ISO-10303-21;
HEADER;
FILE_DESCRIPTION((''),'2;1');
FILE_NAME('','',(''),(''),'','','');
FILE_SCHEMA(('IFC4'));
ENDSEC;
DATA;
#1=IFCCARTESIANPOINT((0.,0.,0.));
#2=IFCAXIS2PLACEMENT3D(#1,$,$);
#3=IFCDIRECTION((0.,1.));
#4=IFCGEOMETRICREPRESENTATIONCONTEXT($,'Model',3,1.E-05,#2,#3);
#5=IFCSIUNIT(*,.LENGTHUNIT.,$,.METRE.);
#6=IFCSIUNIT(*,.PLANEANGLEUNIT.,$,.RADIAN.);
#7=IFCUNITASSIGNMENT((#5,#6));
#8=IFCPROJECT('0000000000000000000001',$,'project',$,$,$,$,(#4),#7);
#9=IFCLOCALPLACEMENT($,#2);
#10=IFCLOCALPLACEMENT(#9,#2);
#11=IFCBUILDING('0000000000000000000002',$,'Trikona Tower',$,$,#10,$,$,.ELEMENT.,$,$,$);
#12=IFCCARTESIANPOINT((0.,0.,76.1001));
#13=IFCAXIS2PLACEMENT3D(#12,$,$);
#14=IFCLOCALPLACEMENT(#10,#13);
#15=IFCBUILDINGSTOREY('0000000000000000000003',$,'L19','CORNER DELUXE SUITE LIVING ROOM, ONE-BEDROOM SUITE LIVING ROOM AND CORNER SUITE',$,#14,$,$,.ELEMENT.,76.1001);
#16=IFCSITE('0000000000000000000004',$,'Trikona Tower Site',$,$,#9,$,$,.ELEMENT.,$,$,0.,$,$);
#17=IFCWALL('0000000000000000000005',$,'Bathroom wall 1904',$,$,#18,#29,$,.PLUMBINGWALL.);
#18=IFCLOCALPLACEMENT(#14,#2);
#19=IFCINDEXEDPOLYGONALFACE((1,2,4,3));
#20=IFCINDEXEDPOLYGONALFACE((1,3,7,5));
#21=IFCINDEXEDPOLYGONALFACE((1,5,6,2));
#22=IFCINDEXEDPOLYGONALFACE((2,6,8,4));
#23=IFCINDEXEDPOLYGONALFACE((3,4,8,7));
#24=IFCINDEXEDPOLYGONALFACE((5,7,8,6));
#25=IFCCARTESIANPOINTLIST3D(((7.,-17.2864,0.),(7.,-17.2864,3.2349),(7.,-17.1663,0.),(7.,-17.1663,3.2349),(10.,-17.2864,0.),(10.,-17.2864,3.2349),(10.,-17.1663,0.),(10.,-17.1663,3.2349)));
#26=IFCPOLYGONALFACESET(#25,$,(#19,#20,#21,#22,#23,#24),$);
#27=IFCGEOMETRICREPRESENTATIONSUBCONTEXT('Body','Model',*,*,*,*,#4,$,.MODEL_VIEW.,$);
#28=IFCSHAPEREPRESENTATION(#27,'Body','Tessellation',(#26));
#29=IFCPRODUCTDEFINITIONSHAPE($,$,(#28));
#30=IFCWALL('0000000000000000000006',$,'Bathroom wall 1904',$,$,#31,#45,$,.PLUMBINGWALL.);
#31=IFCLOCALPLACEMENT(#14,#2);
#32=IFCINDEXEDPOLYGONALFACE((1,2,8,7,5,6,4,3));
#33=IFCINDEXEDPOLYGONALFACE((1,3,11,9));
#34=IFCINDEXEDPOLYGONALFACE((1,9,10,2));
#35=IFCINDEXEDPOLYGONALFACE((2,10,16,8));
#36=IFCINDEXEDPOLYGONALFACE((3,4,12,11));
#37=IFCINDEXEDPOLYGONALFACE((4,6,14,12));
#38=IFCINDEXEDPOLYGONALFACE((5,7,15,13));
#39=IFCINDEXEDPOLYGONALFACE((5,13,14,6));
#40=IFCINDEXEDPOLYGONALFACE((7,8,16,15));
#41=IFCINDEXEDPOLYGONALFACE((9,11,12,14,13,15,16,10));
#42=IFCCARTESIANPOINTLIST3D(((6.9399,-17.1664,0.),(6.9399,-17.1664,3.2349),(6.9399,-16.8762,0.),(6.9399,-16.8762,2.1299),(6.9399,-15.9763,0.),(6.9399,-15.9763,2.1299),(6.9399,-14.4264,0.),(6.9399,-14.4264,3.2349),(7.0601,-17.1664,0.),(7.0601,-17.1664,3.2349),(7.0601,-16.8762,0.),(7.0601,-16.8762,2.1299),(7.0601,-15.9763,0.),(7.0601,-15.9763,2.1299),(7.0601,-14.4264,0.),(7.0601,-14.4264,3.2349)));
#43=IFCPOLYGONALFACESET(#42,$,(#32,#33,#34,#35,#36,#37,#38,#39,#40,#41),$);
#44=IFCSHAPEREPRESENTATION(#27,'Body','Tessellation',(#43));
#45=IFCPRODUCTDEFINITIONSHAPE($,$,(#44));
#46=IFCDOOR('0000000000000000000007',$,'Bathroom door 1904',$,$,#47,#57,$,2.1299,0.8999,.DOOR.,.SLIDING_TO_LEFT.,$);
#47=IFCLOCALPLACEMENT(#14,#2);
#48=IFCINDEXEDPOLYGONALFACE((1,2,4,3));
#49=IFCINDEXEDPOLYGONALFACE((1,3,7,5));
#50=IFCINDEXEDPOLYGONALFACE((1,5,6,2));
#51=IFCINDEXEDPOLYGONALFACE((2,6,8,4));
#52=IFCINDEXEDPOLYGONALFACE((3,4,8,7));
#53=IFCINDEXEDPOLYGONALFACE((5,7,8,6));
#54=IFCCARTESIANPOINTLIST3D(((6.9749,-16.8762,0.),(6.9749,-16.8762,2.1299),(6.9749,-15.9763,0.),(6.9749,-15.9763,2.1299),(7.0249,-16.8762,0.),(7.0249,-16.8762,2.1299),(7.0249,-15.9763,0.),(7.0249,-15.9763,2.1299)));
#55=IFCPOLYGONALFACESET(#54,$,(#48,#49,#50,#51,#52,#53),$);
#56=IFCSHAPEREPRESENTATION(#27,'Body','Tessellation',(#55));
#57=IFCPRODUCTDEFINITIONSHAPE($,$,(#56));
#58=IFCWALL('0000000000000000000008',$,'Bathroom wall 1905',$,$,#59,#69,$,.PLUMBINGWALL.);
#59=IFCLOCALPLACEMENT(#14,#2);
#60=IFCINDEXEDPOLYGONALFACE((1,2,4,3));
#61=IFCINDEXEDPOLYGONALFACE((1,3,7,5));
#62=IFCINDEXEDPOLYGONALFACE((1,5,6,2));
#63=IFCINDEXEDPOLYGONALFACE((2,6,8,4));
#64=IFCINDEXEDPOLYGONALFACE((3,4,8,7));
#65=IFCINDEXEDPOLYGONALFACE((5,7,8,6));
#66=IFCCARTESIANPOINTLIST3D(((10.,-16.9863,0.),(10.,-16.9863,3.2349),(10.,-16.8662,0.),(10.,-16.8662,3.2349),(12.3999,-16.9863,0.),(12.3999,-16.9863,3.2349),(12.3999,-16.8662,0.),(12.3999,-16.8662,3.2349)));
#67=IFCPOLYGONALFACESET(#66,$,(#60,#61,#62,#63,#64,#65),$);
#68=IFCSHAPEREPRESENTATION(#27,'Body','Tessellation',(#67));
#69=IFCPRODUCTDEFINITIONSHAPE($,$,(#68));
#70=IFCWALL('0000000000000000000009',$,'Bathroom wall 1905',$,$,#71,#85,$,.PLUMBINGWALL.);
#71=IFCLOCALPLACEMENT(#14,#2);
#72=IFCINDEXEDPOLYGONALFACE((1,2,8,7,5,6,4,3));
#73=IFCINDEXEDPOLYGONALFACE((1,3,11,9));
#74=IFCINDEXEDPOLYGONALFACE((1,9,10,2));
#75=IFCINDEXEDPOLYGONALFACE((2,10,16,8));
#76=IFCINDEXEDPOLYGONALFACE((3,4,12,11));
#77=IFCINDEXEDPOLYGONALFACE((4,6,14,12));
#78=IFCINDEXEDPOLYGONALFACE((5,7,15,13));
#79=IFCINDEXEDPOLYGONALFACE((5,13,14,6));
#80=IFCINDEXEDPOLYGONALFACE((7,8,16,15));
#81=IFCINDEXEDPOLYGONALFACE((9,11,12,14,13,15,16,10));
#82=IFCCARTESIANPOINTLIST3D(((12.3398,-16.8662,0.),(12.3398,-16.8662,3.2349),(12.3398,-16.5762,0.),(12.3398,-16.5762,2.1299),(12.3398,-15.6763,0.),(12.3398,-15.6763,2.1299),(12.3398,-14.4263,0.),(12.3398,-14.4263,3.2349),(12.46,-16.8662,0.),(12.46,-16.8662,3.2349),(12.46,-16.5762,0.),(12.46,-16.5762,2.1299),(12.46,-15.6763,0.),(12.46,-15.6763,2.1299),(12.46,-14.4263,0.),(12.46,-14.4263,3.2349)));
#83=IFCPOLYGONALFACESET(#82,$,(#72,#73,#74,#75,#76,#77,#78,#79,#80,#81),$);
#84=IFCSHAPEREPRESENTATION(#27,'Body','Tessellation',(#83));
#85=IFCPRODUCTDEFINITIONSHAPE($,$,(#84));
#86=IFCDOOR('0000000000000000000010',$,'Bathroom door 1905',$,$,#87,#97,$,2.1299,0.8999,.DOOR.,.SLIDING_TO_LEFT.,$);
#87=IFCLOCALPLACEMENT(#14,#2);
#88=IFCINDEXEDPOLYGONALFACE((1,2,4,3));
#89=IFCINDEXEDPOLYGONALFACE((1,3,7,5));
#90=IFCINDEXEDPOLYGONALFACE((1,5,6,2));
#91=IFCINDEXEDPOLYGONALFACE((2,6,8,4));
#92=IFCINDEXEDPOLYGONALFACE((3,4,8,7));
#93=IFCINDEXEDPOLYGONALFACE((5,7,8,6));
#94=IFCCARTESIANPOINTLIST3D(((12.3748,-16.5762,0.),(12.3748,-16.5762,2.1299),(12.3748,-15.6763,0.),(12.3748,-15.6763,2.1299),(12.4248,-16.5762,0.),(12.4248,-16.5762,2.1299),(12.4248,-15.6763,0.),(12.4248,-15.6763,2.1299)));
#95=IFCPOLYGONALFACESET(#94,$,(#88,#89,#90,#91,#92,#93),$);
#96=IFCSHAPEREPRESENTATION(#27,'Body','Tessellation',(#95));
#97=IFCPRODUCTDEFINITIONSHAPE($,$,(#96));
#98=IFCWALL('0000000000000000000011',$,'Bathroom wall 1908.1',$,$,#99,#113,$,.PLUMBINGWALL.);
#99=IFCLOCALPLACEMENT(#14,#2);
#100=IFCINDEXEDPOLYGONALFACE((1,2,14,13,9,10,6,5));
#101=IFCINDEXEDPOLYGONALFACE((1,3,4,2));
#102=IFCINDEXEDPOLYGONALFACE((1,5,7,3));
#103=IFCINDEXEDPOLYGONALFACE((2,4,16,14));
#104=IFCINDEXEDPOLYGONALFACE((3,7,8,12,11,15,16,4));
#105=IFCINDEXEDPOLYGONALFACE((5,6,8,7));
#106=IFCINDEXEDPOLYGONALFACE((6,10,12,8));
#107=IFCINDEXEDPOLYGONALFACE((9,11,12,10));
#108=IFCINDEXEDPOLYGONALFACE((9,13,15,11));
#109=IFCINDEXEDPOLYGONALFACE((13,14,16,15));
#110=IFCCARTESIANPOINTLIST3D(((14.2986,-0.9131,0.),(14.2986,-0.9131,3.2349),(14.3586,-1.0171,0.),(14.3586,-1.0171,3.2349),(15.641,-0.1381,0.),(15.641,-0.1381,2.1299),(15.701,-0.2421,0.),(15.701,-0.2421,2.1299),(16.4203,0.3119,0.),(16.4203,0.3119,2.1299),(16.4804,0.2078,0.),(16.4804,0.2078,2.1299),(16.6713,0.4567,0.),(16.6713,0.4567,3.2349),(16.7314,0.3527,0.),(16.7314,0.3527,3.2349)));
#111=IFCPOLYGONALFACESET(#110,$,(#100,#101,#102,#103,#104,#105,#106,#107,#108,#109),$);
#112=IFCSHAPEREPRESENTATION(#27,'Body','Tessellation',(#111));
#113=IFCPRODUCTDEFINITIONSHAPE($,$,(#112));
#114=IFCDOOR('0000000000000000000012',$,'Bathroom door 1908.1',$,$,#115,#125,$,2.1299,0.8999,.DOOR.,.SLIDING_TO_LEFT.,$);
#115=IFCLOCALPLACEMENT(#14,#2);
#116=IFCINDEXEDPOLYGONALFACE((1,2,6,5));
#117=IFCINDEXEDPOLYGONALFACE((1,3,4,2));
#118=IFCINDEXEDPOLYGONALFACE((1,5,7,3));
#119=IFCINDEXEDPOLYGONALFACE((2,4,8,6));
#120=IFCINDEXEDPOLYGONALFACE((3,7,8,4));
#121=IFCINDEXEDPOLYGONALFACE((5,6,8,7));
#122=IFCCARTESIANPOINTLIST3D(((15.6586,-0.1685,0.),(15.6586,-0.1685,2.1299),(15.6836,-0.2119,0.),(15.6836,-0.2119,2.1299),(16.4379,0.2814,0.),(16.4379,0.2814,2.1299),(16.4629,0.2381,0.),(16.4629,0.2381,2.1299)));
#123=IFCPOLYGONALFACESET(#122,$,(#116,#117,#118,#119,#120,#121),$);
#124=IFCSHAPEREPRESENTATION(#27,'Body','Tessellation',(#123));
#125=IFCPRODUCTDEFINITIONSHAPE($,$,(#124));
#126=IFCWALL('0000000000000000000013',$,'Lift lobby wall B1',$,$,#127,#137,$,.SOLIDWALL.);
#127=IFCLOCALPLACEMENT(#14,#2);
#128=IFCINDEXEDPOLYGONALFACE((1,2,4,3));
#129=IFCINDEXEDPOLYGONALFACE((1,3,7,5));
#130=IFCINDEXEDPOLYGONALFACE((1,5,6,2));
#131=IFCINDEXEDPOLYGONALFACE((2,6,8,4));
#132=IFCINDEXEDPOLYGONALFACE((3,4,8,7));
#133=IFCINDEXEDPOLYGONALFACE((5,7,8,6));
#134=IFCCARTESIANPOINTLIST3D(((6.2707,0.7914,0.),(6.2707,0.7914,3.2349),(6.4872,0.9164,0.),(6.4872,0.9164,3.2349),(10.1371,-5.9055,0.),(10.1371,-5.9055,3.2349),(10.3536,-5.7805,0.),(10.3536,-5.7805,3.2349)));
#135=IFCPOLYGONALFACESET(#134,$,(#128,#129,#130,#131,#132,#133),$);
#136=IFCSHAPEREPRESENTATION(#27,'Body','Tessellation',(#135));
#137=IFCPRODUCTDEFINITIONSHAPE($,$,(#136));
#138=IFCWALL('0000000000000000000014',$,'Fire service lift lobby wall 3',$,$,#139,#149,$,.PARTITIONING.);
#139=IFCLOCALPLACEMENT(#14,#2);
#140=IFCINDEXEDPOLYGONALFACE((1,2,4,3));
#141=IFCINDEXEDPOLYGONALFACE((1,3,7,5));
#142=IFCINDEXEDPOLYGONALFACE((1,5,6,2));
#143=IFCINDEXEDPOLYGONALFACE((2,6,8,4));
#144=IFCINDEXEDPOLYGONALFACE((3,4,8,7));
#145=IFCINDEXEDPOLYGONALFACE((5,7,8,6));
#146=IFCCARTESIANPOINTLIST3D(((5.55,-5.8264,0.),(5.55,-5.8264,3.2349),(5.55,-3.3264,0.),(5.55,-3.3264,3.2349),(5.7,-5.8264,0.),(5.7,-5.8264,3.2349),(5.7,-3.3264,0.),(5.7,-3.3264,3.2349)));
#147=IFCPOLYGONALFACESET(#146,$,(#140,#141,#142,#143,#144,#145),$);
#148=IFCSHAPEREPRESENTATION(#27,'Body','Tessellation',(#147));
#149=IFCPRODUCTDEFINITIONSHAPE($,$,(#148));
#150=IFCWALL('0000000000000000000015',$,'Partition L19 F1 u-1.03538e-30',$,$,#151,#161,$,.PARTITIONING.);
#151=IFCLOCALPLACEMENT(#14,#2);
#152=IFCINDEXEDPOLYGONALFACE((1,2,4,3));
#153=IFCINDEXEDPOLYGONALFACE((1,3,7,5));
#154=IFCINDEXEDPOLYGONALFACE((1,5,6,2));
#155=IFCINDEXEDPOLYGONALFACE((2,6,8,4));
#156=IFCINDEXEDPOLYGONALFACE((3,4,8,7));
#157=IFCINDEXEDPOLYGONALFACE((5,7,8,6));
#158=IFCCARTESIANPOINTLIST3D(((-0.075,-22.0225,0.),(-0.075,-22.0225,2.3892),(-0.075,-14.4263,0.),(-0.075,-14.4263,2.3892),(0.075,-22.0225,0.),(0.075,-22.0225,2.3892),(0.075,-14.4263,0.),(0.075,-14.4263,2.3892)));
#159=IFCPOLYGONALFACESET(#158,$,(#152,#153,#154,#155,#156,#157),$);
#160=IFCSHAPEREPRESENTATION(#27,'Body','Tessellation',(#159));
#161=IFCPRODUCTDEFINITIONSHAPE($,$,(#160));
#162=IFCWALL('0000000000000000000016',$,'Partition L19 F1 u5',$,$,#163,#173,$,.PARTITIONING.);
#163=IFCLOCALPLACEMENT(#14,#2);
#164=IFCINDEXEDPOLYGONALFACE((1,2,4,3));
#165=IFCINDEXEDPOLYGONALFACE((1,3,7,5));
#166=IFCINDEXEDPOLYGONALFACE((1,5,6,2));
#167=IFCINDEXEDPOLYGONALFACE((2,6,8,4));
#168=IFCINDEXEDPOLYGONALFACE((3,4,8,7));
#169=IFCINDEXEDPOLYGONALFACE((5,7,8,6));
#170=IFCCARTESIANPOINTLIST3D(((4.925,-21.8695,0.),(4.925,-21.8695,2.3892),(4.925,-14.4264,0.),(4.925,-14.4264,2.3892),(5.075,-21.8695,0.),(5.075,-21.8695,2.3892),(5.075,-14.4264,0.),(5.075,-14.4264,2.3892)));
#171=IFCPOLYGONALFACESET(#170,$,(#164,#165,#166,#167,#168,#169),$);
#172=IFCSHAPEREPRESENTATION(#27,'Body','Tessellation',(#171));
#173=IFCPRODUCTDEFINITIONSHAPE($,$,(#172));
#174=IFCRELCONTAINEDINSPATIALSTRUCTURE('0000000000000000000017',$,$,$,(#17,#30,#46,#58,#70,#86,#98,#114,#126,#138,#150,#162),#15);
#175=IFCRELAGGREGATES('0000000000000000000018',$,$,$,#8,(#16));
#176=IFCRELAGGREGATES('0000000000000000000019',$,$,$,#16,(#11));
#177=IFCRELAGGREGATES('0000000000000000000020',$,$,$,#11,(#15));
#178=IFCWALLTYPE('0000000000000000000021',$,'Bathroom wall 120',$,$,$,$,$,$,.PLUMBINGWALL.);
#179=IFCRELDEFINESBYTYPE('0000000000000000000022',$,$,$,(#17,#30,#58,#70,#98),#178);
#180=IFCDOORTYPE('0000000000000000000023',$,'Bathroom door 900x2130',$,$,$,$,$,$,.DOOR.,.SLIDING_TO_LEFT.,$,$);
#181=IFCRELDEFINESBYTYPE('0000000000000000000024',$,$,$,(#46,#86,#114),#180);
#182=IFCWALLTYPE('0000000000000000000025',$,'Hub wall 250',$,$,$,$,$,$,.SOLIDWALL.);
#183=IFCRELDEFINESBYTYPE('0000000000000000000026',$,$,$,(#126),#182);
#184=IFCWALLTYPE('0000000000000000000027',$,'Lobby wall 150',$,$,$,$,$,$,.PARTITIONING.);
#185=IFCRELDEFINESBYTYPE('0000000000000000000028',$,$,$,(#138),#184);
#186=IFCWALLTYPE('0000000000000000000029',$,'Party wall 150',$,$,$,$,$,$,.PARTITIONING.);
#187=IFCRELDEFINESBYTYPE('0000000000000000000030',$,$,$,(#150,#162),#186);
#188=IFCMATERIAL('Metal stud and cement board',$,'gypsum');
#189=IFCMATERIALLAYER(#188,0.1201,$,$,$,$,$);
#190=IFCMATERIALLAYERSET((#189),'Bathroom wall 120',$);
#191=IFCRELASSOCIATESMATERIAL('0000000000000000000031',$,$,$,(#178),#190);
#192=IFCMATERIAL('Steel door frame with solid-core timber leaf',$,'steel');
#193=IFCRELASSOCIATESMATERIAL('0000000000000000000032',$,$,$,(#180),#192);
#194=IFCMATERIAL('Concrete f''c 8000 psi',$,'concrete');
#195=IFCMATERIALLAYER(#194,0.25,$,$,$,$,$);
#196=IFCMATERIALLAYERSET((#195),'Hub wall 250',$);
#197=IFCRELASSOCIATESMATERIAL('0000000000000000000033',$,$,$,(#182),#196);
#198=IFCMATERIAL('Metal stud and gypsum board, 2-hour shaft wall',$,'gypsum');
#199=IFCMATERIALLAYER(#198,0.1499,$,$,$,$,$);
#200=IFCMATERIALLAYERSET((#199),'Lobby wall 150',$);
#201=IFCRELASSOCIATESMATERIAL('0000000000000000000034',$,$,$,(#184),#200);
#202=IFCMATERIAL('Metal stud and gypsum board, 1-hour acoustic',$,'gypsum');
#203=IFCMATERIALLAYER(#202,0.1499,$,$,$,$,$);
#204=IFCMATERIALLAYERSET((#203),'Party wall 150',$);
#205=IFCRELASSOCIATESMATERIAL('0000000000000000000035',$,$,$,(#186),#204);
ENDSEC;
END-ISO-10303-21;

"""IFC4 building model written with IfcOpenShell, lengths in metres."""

from ifc_helpers import new_model, si_unit, direction, frame, frame_2d, origin, place, context, subcontext, project, spatial, rectangle, extrude, material, layer, layer_set, type_object, element, fill, save


model = new_model("IFC4")

# Units and contexts
model_context = context("Model", 3, precision=1e-05, world=origin(), true_north=direction((0.0, 1.0)))
body_context = subcontext(model_context, "Body", "Model", "MODEL_VIEW")
ifc_project = project(units=[si_unit("LENGTHUNIT", "METRE"), si_unit("PLANEANGLEUNIT", "RADIAN")], contexts=[model_context])

# Site, building, storey
site_placement = place(None, origin())
site = spatial("IfcSite", under=ifc_project, at=site_placement, Name="Trikona Tower Site", CompositionType="ELEMENT", RefElevation=0.0)
building_placement = place(site_placement, origin())
building = spatial("IfcBuilding", under=site, at=building_placement, Name="Trikona Tower", CompositionType="ELEMENT")
storey_placement = place(building_placement, frame((0.0, 0.0, 76.1001)))
storey = spatial("IfcBuildingStorey", under=building, at=storey_placement, Name="L19", Description="CORNER DELUXE SUITE LIVING ROOM, ONE-BEDROOM SUITE LIVING ROOM AND CORNER SUITE", CompositionType="ELEMENT", Elevation=76.1001)

# Wall
ifc_material_1 = material(Name="Metal stud and cement board", Category="gypsum")
ifc_layer_1 = layer(ifc_material_1, 0.1201)
ifc_layer_set_1 = layer_set([ifc_layer_1], Name="Bathroom wall 120")
wall_type_1 = type_object("IfcWallType", Name="Bathroom wall 120", PredefinedType="PLUMBINGWALL", material=ifc_layer_set_1)
wall_1_placement = place(storey_placement, frame((7.0, -17.2263, 0.0), z_axis=(0.0, 0.0, 1.0), x_axis=(1.0, 0.0, 0.0)))
element("IfcWall", 1, at=wall_1_placement, inside=storey, type_object=wall_type_1, Name="Bathroom wall 1904", PredefinedType="PLUMBINGWALL", context=body_context, shape_type="SweptSolid", body=[
    extrude(rectangle(XDim=3.0, YDim=0.1201, at=frame_2d((1.5, 0.0))), origin(), (0.0, 0.0, 1.0), 3.2349),
])

# Wall, opening, door
wall_2_placement = place(storey_placement, frame((7.0, -14.4263, 0.0), z_axis=(0.0, 0.0, 1.0), x_axis=(0.0, -1.0, 0.0)))
wall_2 = element("IfcWall", 2, at=wall_2_placement, inside=storey, type_object=wall_type_1, Name="Bathroom wall 1904", PredefinedType="PLUMBINGWALL", context=body_context, shape_type="SweptSolid", body=[
    extrude(rectangle(XDim=2.74, YDim=0.1201, at=frame_2d((1.3701, 0.0))), origin(), (0.0, 0.0, 1.0), 3.2349),
])
opening_1_placement = place(wall_2_placement, frame((1.55, 0.0, 0.0)))
opening_1 = element("IfcOpeningElement", 3, at=opening_1_placement, cuts=wall_2, PredefinedType="OPENING", context=body_context, shape_type="SweptSolid", body=[
    extrude(rectangle(XDim=0.8999, YDim=2.1299, at=frame_2d((0.45, 1.0649))), frame((0.0, 0.0701, 0.0), z_axis=(0.0, -1.0, 0.0), x_axis=(1.0, 0.0, 0.0)), (0.0, 0.0, 1.0), 0.1401),
])
ifc_material_2 = material(Name="Steel door frame with solid-core timber leaf", Category="steel")
door_type_1 = type_object("IfcDoorType", Name="Bathroom door 900x2130", OperationType="SLIDING_TO_LEFT", PredefinedType="DOOR", material=ifc_material_2)
door_1_placement = place(opening_1_placement, origin())
door_1 = element("IfcDoor", 4, at=door_1_placement, inside=storey, type_object=door_type_1, Name="Bathroom door 1904", OperationType="SLIDING_TO_LEFT", OverallHeight=2.1299, OverallWidth=0.8999, PredefinedType="DOOR", context=body_context, shape_type="SweptSolid", body=[
    extrude(rectangle(XDim=0.8999, YDim=2.1299, at=frame_2d((0.45, 1.0649))), frame((0.0, 0.0249, 0.0), z_axis=(0.0, -1.0, 0.0), x_axis=(1.0, 0.0, 0.0)), (0.0, 0.0, 1.0), 0.05),
])
fill(opening_1, door_1)

# Wall
wall_3_placement = place(storey_placement, frame((10.0, -16.9263, 0.0), z_axis=(0.0, 0.0, 1.0), x_axis=(1.0, 0.0, 0.0)))
element("IfcWall", 5, at=wall_3_placement, inside=storey, type_object=wall_type_1, Name="Bathroom wall 1905", PredefinedType="PLUMBINGWALL", context=body_context, shape_type="SweptSolid", body=[
    extrude(rectangle(XDim=2.3999, YDim=0.1201, at=frame_2d((1.2, 0.0))), origin(), (0.0, 0.0, 1.0), 3.2349),
])

# Walls, openings, doors
wall_4_placement = place(storey_placement, frame((12.3999, -14.4263, 0.0), z_axis=(0.0, 0.0, 1.0), x_axis=(0.0, -1.0, 0.0)))
wall_4 = element("IfcWall", 6, at=wall_4_placement, inside=storey, type_object=wall_type_1, Name="Bathroom wall 1905", PredefinedType="PLUMBINGWALL", context=body_context, shape_type="SweptSolid", body=[
    extrude(rectangle(XDim=2.4399, YDim=0.1201, at=frame_2d((1.22, 0.0))), origin(), (0.0, 0.0, 1.0), 3.2349),
])
opening_2_placement = place(wall_4_placement, frame((1.25, 0.0, 0.0)))
opening_2 = element("IfcOpeningElement", 7, at=opening_2_placement, cuts=wall_4, PredefinedType="OPENING", context=body_context, shape_type="SweptSolid", body=[
    extrude(rectangle(XDim=0.8999, YDim=2.1299, at=frame_2d((0.45, 1.0649))), frame((0.0, 0.0701, 0.0), z_axis=(0.0, -1.0, 0.0), x_axis=(1.0, 0.0, 0.0)), (0.0, 0.0, 1.0), 0.1401),
])
door_2_placement = place(opening_2_placement, origin())
door_2 = element("IfcDoor", 8, at=door_2_placement, inside=storey, type_object=door_type_1, Name="Bathroom door 1905", OperationType="SLIDING_TO_LEFT", OverallHeight=2.1299, OverallWidth=0.8999, PredefinedType="DOOR", context=body_context, shape_type="SweptSolid", body=[
    extrude(rectangle(XDim=0.8999, YDim=2.1299, at=frame_2d((0.45, 1.0649))), frame((0.0, 0.0249, 0.0), z_axis=(0.0, -1.0, 0.0), x_axis=(1.0, 0.0, 0.0)), (0.0, 0.0, 1.0), 0.05),
])
fill(opening_2, door_2)
wall_5_placement = place(storey_placement, frame((14.3286, -0.9651, 0.0), z_axis=(0.0, 0.0, 1.0), x_axis=(0.866036, 0.499982, 0.0)))
wall_5 = element("IfcWall", 9, at=wall_5_placement, inside=storey, type_object=wall_type_1, Name="Bathroom wall 1908.1", PredefinedType="PLUMBINGWALL", context=body_context, shape_type="SweptSolid", body=[
    extrude(rectangle(XDim=2.7397, YDim=0.1201, at=frame_2d((1.3699, 0.0))), origin(), (0.0, 0.0, 1.0), 3.2349),
])
opening_3_placement = place(wall_5_placement, frame((1.55, 0.0, 0.0)))
opening_3 = element("IfcOpeningElement", 10, at=opening_3_placement, cuts=wall_5, PredefinedType="OPENING", context=body_context, shape_type="SweptSolid", body=[
    extrude(rectangle(XDim=0.8999, YDim=2.1299, at=frame_2d((0.45, 1.0649))), frame((0.0, 0.0701, 0.0), z_axis=(0.0, -1.0, 0.0), x_axis=(1.0, 0.0, 0.0)), (0.0, 0.0, 1.0), 0.1401),
])
door_3_placement = place(opening_3_placement, origin())
door_3 = element("IfcDoor", 11, at=door_3_placement, inside=storey, type_object=door_type_1, Name="Bathroom door 1908.1", OperationType="SLIDING_TO_LEFT", OverallHeight=2.1299, OverallWidth=0.8999, PredefinedType="DOOR", context=body_context, shape_type="SweptSolid", body=[
    extrude(rectangle(XDim=0.8999, YDim=2.1299, at=frame_2d((0.45, 1.0649))), frame((0.0, 0.0249, 0.0), z_axis=(0.0, -1.0, 0.0), x_axis=(1.0, 0.0, 0.0)), (0.0, 0.0, 1.0), 0.05),
])
fill(opening_3, door_3)

# Walls
ifc_material_3 = material(Name="Concrete f'c 8000 psi", Category="concrete")
ifc_layer_2 = layer(ifc_material_3, 0.25)
ifc_layer_set_2 = layer_set([ifc_layer_2], Name="Hub wall 250")
wall_type_2 = type_object("IfcWallType", Name="Hub wall 250", PredefinedType="SOLIDWALL", material=ifc_layer_set_2)
wall_6_placement = place(storey_placement, frame((10.2454, -5.843, 0.0), z_axis=(0.0, 0.0, 1.0), x_axis=(-0.499993, 0.866029, 0.0)))
element("IfcWall", 12, at=wall_6_placement, inside=storey, type_object=wall_type_2, Name="Lift lobby wall B1", PredefinedType="SOLIDWALL", context=body_context, shape_type="SweptSolid", body=[
    extrude(rectangle(XDim=7.7329, YDim=0.25, at=frame_2d((3.8665, 0.0))), origin(), (0.0, 0.0, 1.0), 3.2349),
])
ifc_material_4 = material(Name="Metal stud and gypsum board, 2-hour shaft wall", Category="gypsum")
ifc_layer_3 = layer(ifc_material_4, 0.1499)
ifc_layer_set_3 = layer_set([ifc_layer_3], Name="Lobby wall 150")
wall_type_3 = type_object("IfcWallType", Name="Lobby wall 150", PredefinedType="PARTITIONING", material=ifc_layer_set_3)
wall_7_placement = place(storey_placement, frame((5.625, -5.8264, 0.0), z_axis=(0.0, 0.0, 1.0), x_axis=(0.0, 1.0, 0.0)))
element("IfcWall", 13, at=wall_7_placement, inside=storey, type_object=wall_type_3, Name="Fire service lift lobby wall 3", PredefinedType="PARTITIONING", context=body_context, shape_type="SweptSolid", body=[
    extrude(rectangle(XDim=2.5, YDim=0.1499, at=frame_2d((1.25, 0.0))), origin(), (0.0, 0.0, 1.0), 3.2349),
])
ifc_material_5 = material(Name="Metal stud and gypsum board, 1-hour acoustic", Category="gypsum")
ifc_layer_4 = layer(ifc_material_5, 0.1499)
ifc_layer_set_4 = layer_set([ifc_layer_4], Name="Party wall 150")
wall_type_4 = type_object("IfcWallType", Name="Party wall 150", PredefinedType="PARTITIONING", material=ifc_layer_set_4)
wall_8_placement = place(storey_placement, frame((0.0, -14.4263, 0.0), z_axis=(0.0, 0.0, 1.0), x_axis=(0.0, -1.0, 0.0)))
element("IfcWall", 14, at=wall_8_placement, inside=storey, type_object=wall_type_4, Name="Partition L19 F1 u-1.03538e-30", PredefinedType="PARTITIONING", context=body_context, shape_type="SweptSolid", body=[
    extrude(rectangle(XDim=7.5962, YDim=0.1499, at=frame_2d((3.7981, 0.0))), origin(), (0.0, 0.0, 1.0), 2.3892),
])
wall_9_placement = place(storey_placement, frame((5.0, -14.4263, 0.0), z_axis=(0.0, 0.0, 1.0), x_axis=(0.0, -1.0, 0.0)))
element("IfcWall", 15, at=wall_9_placement, inside=storey, type_object=wall_type_4, Name="Partition L19 F1 u5", PredefinedType="PARTITIONING", context=body_context, shape_type="SweptSolid", body=[
    extrude(rectangle(XDim=7.4431, YDim=0.1499, at=frame_2d((3.7217, 0.0))), origin(), (0.0, 0.0, 1.0), 2.3892),
])

save(model, "model.ifc")
